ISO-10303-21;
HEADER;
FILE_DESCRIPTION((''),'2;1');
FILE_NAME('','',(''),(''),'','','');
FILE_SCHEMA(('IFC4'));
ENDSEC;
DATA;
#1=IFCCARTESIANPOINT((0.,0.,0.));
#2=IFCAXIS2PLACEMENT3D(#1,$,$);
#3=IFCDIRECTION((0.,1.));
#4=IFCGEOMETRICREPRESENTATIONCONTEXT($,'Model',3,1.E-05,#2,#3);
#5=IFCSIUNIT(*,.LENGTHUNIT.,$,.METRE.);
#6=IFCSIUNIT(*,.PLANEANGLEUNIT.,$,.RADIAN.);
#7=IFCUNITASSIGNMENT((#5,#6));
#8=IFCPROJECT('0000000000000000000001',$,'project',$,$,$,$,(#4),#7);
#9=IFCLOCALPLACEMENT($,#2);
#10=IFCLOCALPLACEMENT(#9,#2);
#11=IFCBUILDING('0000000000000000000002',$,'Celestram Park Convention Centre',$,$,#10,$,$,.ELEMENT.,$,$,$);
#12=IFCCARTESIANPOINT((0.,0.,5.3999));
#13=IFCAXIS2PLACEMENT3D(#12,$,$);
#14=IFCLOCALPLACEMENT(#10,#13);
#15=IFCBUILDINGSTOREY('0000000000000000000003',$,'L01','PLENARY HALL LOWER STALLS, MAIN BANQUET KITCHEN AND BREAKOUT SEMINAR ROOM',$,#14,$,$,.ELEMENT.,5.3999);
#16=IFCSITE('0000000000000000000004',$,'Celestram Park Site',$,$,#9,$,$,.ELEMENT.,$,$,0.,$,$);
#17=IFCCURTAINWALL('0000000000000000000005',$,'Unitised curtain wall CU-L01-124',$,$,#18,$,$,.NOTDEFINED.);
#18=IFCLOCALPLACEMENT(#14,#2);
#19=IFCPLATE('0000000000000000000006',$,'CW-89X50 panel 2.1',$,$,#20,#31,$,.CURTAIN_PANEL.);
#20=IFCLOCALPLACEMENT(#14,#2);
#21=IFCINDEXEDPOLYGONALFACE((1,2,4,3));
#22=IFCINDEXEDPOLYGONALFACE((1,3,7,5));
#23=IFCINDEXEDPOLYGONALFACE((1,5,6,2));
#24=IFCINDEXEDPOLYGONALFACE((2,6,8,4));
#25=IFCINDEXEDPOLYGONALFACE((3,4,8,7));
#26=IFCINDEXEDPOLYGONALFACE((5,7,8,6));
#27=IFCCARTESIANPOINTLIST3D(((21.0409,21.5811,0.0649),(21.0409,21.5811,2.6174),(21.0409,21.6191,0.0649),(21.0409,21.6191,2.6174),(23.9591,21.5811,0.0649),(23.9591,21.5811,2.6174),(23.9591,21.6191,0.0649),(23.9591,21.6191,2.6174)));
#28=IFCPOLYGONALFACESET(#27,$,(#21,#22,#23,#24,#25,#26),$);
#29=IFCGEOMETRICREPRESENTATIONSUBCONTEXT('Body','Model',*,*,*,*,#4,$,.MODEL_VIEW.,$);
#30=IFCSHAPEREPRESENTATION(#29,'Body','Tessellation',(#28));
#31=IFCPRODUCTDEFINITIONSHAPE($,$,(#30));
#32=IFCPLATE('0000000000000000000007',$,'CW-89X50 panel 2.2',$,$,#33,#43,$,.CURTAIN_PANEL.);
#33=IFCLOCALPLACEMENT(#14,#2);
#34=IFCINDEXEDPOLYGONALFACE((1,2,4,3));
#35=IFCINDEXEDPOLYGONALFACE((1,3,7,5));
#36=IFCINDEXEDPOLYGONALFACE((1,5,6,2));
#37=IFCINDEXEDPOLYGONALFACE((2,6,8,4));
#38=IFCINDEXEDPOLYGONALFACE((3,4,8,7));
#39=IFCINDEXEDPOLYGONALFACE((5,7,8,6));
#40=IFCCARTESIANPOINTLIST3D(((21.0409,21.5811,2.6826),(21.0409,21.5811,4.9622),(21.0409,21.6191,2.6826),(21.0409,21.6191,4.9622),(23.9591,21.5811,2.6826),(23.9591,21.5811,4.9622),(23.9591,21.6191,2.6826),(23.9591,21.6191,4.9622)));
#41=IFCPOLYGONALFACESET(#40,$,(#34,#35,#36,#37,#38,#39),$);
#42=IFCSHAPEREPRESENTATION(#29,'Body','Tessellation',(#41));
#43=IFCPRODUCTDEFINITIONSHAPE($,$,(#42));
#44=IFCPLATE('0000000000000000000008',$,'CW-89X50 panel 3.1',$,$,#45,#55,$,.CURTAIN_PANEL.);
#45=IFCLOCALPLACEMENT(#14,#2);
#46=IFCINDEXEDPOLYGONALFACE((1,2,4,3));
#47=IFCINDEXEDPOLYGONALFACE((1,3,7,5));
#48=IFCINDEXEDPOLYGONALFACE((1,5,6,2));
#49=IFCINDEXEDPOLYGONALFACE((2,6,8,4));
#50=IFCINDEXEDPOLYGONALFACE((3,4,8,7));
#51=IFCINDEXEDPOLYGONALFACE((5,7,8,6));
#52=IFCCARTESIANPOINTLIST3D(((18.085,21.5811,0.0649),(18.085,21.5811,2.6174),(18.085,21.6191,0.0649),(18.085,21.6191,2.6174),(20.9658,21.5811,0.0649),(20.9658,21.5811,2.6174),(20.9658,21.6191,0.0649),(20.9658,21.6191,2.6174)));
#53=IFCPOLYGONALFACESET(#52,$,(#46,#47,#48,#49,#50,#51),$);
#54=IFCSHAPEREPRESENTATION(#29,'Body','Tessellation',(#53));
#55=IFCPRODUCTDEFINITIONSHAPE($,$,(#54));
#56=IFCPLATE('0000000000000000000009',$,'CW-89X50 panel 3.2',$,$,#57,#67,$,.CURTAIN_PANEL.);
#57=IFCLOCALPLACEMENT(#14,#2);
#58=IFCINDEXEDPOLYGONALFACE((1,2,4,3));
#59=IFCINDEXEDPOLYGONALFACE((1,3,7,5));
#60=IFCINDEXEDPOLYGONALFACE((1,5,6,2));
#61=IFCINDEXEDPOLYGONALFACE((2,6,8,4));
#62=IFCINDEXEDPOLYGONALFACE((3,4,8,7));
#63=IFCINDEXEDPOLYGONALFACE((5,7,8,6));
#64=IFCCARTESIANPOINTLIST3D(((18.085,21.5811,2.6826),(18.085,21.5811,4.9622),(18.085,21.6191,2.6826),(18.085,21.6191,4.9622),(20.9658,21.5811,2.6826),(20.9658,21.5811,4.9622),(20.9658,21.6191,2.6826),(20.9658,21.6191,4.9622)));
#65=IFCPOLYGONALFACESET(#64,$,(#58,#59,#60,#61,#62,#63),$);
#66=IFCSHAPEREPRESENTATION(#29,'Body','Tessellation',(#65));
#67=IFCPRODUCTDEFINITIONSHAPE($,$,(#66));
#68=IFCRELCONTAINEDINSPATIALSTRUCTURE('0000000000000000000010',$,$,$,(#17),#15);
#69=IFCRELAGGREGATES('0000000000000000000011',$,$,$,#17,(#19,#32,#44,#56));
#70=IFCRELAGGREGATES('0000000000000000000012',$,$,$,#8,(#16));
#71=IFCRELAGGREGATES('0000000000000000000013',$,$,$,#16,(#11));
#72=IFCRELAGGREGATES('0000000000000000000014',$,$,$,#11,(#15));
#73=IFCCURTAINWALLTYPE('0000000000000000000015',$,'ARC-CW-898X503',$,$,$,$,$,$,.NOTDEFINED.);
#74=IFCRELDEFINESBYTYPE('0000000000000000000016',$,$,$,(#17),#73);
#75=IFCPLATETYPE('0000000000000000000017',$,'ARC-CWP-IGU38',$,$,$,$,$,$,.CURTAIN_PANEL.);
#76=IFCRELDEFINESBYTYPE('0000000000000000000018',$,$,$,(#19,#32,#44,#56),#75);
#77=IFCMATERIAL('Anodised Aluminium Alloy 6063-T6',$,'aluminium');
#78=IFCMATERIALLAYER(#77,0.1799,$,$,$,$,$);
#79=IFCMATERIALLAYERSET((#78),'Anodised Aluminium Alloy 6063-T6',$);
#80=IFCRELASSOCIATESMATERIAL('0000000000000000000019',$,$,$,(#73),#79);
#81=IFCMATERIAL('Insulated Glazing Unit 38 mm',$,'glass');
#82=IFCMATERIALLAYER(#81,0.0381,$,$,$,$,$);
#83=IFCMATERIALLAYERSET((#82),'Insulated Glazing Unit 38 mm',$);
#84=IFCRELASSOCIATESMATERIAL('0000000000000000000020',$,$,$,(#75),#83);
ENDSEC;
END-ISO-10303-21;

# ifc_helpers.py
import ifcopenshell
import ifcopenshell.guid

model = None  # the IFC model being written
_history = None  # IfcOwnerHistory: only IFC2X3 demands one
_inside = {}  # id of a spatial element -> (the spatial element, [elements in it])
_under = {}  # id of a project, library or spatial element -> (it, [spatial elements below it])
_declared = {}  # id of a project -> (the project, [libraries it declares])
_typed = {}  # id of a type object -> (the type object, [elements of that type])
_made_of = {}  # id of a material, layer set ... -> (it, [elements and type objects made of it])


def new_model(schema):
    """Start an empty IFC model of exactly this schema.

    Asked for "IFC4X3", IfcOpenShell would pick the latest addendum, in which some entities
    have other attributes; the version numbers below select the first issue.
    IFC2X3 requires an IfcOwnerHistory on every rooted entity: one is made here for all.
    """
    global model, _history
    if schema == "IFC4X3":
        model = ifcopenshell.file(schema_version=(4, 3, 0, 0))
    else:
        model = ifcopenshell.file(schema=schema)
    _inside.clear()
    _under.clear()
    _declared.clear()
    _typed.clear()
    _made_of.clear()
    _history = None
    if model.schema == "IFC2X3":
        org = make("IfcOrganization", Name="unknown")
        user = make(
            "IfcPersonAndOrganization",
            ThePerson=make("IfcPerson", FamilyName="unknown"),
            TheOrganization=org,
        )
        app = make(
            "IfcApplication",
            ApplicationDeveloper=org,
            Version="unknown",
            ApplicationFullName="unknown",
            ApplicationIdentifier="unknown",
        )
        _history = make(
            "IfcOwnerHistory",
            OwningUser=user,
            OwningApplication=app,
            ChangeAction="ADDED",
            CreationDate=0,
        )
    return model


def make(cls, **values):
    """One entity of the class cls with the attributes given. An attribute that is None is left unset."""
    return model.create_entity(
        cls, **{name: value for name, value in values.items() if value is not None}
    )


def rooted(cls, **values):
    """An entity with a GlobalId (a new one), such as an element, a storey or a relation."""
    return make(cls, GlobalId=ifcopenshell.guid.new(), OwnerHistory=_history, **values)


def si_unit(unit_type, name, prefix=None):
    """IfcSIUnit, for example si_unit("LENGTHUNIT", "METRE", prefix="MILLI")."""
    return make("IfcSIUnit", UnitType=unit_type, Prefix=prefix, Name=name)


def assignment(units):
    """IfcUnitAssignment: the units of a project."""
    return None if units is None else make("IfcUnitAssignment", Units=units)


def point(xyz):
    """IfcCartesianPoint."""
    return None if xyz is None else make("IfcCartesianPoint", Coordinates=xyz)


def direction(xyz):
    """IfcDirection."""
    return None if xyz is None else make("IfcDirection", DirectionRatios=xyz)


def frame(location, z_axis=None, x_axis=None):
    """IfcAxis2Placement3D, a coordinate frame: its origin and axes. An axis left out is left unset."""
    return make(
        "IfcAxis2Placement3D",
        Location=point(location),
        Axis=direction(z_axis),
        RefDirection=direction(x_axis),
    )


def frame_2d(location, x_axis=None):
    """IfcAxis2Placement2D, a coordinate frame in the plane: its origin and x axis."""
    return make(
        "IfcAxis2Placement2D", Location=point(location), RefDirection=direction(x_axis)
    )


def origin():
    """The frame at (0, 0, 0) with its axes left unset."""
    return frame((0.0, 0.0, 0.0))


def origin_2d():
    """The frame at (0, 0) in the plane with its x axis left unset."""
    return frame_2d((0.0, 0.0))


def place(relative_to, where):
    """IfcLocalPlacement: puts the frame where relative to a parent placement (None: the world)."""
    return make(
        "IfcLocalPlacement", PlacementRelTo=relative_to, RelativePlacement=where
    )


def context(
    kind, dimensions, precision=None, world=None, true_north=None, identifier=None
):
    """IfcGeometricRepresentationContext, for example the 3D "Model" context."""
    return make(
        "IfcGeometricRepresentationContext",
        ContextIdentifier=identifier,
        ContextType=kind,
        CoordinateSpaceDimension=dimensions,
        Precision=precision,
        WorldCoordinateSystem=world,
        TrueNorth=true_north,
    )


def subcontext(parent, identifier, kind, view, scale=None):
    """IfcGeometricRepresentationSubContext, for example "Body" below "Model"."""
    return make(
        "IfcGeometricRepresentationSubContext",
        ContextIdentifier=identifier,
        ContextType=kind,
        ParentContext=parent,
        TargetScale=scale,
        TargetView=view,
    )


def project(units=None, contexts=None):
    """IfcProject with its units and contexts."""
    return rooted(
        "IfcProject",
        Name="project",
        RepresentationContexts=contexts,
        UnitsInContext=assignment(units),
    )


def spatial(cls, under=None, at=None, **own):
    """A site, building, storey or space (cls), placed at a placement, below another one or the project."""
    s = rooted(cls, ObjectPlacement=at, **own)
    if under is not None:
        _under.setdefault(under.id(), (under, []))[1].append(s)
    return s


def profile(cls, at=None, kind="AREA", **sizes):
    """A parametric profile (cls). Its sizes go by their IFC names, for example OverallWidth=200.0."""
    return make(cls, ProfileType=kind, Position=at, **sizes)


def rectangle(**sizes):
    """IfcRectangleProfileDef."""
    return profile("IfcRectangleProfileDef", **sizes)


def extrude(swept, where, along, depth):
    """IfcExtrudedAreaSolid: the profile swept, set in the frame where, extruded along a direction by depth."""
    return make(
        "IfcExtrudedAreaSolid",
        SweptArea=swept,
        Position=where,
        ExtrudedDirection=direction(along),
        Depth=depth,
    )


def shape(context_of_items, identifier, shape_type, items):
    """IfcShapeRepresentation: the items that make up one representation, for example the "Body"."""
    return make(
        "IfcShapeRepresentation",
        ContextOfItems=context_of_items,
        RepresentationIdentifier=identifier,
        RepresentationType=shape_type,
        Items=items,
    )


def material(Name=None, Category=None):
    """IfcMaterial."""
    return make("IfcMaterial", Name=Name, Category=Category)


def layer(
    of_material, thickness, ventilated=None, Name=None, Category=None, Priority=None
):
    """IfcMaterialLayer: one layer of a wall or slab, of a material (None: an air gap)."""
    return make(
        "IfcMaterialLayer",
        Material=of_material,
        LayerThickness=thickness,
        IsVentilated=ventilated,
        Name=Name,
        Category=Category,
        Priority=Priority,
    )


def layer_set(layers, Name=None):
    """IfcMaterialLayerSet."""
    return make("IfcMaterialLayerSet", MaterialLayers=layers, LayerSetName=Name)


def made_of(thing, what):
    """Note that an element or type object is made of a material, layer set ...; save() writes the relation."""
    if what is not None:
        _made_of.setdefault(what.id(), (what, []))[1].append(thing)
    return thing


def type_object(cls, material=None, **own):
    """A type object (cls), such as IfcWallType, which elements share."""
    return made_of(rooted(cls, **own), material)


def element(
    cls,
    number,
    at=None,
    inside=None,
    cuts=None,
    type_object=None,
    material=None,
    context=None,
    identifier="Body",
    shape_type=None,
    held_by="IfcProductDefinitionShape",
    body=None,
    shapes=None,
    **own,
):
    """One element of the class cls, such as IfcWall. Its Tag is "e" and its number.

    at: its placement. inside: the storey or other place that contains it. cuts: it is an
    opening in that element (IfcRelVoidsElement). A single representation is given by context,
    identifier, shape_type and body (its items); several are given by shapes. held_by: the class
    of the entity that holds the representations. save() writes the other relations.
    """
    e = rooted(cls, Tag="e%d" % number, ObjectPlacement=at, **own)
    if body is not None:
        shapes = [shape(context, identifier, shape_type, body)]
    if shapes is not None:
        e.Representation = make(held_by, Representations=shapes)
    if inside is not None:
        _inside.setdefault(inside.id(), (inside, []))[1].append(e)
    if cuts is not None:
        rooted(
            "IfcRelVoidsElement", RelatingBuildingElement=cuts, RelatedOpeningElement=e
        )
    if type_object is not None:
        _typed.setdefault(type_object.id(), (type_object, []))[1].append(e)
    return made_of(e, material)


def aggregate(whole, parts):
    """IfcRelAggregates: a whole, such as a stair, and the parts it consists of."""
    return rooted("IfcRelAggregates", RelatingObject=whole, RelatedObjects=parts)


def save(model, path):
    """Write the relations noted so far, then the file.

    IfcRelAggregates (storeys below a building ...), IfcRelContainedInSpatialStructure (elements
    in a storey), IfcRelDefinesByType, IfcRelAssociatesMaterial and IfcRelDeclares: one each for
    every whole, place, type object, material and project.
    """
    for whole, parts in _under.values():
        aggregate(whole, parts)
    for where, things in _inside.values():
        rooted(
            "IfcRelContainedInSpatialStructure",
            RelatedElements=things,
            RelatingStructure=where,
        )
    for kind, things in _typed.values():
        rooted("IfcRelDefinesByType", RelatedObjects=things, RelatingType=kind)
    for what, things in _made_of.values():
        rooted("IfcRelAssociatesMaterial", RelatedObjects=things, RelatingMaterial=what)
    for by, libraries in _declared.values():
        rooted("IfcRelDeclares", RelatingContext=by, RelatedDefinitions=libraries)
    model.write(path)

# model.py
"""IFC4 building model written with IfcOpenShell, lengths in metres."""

from ifc_helpers import new_model, si_unit, direction, frame, origin, origin_2d, place, context, subcontext, project, spatial, rectangle, extrude, material, layer, layer_set, type_object, element, aggregate, save


model = new_model("IFC4")

# Units and contexts
model_context = context("Model", 3, precision=1e-05, world=origin(), true_north=direction((0.0, 1.0)))
body_context = subcontext(model_context, "Body", "Model", "MODEL_VIEW")
ifc_project = project(units=[si_unit("LENGTHUNIT", "METRE"), si_unit("PLANEANGLEUNIT", "RADIAN")], contexts=[model_context])

# Site, building, storey
site_placement = place(None, origin())
site = spatial("IfcSite", under=ifc_project, at=site_placement, Name="Celestram Park Site", CompositionType="ELEMENT", RefElevation=0.0)
building_placement = place(site_placement, origin())
building = spatial("IfcBuilding", under=site, at=building_placement, Name="Celestram Park Convention Centre", CompositionType="ELEMENT")
storey_placement = place(building_placement, frame((0.0, 0.0, 5.3999)))
storey = spatial("IfcBuildingStorey", under=building, at=storey_placement, Name="L01", Description="PLENARY HALL LOWER STALLS, MAIN BANQUET KITCHEN AND BREAKOUT SEMINAR ROOM", CompositionType="ELEMENT", Elevation=5.3999)

# Curtain wall
ifc_material_1 = material(Name="Anodised Aluminium Alloy 6063-T6", Category="aluminium")
ifc_layer_1 = layer(ifc_material_1, 0.1799)
ifc_layer_set_1 = layer_set([ifc_layer_1], Name="Anodised Aluminium Alloy 6063-T6")
curtain_wall_type = type_object("IfcCurtainWallType", Name="ARC-CW-898X503", PredefinedType="NOTDEFINED", material=ifc_layer_set_1)
curtain_wall_1_placement = place(storey_placement, origin())
curtain_wall_1 = element("IfcCurtainWall", 1, at=curtain_wall_1_placement, inside=storey, type_object=curtain_wall_type, Name="Unitised curtain wall CU-L01-124", PredefinedType="NOTDEFINED")

# Plates
ifc_material_2 = material(Name="Insulated Glazing Unit 38 mm", Category="glass")
ifc_layer_2 = layer(ifc_material_2, 0.0381)
ifc_layer_set_2 = layer_set([ifc_layer_2], Name="Insulated Glazing Unit 38 mm")
plate_type = type_object("IfcPlateType", Name="ARC-CWP-IGU38", PredefinedType="CURTAIN_PANEL", material=ifc_layer_set_2)
plate_1_placement = place(storey_placement, frame((22.5, 21.6001, 0.0649), z_axis=(0.0, 0.0, 1.0), x_axis=(-1.0, 0.0, 0.0)))
plate_1 = element("IfcPlate", 2, at=plate_1_placement, type_object=plate_type, Name="CW-89X50 panel 2.1", PredefinedType="CURTAIN_PANEL", context=body_context, shape_type="SweptSolid", body=[
    extrude(rectangle(XDim=2.9182, YDim=0.0381, at=origin_2d()), origin(), (0.0, 0.0, 1.0), 2.5525),
])
plate_2_placement = place(storey_placement, frame((22.5, 21.6001, 2.6826), z_axis=(0.0, 0.0, 1.0), x_axis=(-1.0, 0.0, 0.0)))
plate_2 = element("IfcPlate", 3, at=plate_2_placement, type_object=plate_type, Name="CW-89X50 panel 2.2", PredefinedType="CURTAIN_PANEL", context=body_context, shape_type="SweptSolid", body=[
    extrude(rectangle(XDim=2.9182, YDim=0.0381, at=origin_2d()), origin(), (0.0, 0.0, 1.0), 2.2795),
])
plate_3_placement = place(storey_placement, frame((19.5254, 21.6001, 0.0649), z_axis=(0.0, 0.0, 1.0), x_axis=(-1.0, 0.0, 0.0)))
plate_3 = element("IfcPlate", 4, at=plate_3_placement, type_object=plate_type, Name="CW-89X50 panel 3.1", PredefinedType="CURTAIN_PANEL", context=body_context, shape_type="SweptSolid", body=[
    extrude(rectangle(XDim=2.8809, YDim=0.0381, at=origin_2d()), origin(), (0.0, 0.0, 1.0), 2.5525),
])
plate_4_placement = place(storey_placement, frame((19.5254, 21.6001, 2.6826), z_axis=(0.0, 0.0, 1.0), x_axis=(-1.0, 0.0, 0.0)))
plate_4 = element("IfcPlate", 5, at=plate_4_placement, type_object=plate_type, Name="CW-89X50 panel 3.2", PredefinedType="CURTAIN_PANEL", context=body_context, shape_type="SweptSolid", body=[
    extrude(rectangle(XDim=2.8809, YDim=0.0381, at=origin_2d()), origin(), (0.0, 0.0, 1.0), 2.2795),
])
aggregate(curtain_wall_1, [plate_1, plate_2, plate_3, plate_4])

save(model, "model.ifc")
